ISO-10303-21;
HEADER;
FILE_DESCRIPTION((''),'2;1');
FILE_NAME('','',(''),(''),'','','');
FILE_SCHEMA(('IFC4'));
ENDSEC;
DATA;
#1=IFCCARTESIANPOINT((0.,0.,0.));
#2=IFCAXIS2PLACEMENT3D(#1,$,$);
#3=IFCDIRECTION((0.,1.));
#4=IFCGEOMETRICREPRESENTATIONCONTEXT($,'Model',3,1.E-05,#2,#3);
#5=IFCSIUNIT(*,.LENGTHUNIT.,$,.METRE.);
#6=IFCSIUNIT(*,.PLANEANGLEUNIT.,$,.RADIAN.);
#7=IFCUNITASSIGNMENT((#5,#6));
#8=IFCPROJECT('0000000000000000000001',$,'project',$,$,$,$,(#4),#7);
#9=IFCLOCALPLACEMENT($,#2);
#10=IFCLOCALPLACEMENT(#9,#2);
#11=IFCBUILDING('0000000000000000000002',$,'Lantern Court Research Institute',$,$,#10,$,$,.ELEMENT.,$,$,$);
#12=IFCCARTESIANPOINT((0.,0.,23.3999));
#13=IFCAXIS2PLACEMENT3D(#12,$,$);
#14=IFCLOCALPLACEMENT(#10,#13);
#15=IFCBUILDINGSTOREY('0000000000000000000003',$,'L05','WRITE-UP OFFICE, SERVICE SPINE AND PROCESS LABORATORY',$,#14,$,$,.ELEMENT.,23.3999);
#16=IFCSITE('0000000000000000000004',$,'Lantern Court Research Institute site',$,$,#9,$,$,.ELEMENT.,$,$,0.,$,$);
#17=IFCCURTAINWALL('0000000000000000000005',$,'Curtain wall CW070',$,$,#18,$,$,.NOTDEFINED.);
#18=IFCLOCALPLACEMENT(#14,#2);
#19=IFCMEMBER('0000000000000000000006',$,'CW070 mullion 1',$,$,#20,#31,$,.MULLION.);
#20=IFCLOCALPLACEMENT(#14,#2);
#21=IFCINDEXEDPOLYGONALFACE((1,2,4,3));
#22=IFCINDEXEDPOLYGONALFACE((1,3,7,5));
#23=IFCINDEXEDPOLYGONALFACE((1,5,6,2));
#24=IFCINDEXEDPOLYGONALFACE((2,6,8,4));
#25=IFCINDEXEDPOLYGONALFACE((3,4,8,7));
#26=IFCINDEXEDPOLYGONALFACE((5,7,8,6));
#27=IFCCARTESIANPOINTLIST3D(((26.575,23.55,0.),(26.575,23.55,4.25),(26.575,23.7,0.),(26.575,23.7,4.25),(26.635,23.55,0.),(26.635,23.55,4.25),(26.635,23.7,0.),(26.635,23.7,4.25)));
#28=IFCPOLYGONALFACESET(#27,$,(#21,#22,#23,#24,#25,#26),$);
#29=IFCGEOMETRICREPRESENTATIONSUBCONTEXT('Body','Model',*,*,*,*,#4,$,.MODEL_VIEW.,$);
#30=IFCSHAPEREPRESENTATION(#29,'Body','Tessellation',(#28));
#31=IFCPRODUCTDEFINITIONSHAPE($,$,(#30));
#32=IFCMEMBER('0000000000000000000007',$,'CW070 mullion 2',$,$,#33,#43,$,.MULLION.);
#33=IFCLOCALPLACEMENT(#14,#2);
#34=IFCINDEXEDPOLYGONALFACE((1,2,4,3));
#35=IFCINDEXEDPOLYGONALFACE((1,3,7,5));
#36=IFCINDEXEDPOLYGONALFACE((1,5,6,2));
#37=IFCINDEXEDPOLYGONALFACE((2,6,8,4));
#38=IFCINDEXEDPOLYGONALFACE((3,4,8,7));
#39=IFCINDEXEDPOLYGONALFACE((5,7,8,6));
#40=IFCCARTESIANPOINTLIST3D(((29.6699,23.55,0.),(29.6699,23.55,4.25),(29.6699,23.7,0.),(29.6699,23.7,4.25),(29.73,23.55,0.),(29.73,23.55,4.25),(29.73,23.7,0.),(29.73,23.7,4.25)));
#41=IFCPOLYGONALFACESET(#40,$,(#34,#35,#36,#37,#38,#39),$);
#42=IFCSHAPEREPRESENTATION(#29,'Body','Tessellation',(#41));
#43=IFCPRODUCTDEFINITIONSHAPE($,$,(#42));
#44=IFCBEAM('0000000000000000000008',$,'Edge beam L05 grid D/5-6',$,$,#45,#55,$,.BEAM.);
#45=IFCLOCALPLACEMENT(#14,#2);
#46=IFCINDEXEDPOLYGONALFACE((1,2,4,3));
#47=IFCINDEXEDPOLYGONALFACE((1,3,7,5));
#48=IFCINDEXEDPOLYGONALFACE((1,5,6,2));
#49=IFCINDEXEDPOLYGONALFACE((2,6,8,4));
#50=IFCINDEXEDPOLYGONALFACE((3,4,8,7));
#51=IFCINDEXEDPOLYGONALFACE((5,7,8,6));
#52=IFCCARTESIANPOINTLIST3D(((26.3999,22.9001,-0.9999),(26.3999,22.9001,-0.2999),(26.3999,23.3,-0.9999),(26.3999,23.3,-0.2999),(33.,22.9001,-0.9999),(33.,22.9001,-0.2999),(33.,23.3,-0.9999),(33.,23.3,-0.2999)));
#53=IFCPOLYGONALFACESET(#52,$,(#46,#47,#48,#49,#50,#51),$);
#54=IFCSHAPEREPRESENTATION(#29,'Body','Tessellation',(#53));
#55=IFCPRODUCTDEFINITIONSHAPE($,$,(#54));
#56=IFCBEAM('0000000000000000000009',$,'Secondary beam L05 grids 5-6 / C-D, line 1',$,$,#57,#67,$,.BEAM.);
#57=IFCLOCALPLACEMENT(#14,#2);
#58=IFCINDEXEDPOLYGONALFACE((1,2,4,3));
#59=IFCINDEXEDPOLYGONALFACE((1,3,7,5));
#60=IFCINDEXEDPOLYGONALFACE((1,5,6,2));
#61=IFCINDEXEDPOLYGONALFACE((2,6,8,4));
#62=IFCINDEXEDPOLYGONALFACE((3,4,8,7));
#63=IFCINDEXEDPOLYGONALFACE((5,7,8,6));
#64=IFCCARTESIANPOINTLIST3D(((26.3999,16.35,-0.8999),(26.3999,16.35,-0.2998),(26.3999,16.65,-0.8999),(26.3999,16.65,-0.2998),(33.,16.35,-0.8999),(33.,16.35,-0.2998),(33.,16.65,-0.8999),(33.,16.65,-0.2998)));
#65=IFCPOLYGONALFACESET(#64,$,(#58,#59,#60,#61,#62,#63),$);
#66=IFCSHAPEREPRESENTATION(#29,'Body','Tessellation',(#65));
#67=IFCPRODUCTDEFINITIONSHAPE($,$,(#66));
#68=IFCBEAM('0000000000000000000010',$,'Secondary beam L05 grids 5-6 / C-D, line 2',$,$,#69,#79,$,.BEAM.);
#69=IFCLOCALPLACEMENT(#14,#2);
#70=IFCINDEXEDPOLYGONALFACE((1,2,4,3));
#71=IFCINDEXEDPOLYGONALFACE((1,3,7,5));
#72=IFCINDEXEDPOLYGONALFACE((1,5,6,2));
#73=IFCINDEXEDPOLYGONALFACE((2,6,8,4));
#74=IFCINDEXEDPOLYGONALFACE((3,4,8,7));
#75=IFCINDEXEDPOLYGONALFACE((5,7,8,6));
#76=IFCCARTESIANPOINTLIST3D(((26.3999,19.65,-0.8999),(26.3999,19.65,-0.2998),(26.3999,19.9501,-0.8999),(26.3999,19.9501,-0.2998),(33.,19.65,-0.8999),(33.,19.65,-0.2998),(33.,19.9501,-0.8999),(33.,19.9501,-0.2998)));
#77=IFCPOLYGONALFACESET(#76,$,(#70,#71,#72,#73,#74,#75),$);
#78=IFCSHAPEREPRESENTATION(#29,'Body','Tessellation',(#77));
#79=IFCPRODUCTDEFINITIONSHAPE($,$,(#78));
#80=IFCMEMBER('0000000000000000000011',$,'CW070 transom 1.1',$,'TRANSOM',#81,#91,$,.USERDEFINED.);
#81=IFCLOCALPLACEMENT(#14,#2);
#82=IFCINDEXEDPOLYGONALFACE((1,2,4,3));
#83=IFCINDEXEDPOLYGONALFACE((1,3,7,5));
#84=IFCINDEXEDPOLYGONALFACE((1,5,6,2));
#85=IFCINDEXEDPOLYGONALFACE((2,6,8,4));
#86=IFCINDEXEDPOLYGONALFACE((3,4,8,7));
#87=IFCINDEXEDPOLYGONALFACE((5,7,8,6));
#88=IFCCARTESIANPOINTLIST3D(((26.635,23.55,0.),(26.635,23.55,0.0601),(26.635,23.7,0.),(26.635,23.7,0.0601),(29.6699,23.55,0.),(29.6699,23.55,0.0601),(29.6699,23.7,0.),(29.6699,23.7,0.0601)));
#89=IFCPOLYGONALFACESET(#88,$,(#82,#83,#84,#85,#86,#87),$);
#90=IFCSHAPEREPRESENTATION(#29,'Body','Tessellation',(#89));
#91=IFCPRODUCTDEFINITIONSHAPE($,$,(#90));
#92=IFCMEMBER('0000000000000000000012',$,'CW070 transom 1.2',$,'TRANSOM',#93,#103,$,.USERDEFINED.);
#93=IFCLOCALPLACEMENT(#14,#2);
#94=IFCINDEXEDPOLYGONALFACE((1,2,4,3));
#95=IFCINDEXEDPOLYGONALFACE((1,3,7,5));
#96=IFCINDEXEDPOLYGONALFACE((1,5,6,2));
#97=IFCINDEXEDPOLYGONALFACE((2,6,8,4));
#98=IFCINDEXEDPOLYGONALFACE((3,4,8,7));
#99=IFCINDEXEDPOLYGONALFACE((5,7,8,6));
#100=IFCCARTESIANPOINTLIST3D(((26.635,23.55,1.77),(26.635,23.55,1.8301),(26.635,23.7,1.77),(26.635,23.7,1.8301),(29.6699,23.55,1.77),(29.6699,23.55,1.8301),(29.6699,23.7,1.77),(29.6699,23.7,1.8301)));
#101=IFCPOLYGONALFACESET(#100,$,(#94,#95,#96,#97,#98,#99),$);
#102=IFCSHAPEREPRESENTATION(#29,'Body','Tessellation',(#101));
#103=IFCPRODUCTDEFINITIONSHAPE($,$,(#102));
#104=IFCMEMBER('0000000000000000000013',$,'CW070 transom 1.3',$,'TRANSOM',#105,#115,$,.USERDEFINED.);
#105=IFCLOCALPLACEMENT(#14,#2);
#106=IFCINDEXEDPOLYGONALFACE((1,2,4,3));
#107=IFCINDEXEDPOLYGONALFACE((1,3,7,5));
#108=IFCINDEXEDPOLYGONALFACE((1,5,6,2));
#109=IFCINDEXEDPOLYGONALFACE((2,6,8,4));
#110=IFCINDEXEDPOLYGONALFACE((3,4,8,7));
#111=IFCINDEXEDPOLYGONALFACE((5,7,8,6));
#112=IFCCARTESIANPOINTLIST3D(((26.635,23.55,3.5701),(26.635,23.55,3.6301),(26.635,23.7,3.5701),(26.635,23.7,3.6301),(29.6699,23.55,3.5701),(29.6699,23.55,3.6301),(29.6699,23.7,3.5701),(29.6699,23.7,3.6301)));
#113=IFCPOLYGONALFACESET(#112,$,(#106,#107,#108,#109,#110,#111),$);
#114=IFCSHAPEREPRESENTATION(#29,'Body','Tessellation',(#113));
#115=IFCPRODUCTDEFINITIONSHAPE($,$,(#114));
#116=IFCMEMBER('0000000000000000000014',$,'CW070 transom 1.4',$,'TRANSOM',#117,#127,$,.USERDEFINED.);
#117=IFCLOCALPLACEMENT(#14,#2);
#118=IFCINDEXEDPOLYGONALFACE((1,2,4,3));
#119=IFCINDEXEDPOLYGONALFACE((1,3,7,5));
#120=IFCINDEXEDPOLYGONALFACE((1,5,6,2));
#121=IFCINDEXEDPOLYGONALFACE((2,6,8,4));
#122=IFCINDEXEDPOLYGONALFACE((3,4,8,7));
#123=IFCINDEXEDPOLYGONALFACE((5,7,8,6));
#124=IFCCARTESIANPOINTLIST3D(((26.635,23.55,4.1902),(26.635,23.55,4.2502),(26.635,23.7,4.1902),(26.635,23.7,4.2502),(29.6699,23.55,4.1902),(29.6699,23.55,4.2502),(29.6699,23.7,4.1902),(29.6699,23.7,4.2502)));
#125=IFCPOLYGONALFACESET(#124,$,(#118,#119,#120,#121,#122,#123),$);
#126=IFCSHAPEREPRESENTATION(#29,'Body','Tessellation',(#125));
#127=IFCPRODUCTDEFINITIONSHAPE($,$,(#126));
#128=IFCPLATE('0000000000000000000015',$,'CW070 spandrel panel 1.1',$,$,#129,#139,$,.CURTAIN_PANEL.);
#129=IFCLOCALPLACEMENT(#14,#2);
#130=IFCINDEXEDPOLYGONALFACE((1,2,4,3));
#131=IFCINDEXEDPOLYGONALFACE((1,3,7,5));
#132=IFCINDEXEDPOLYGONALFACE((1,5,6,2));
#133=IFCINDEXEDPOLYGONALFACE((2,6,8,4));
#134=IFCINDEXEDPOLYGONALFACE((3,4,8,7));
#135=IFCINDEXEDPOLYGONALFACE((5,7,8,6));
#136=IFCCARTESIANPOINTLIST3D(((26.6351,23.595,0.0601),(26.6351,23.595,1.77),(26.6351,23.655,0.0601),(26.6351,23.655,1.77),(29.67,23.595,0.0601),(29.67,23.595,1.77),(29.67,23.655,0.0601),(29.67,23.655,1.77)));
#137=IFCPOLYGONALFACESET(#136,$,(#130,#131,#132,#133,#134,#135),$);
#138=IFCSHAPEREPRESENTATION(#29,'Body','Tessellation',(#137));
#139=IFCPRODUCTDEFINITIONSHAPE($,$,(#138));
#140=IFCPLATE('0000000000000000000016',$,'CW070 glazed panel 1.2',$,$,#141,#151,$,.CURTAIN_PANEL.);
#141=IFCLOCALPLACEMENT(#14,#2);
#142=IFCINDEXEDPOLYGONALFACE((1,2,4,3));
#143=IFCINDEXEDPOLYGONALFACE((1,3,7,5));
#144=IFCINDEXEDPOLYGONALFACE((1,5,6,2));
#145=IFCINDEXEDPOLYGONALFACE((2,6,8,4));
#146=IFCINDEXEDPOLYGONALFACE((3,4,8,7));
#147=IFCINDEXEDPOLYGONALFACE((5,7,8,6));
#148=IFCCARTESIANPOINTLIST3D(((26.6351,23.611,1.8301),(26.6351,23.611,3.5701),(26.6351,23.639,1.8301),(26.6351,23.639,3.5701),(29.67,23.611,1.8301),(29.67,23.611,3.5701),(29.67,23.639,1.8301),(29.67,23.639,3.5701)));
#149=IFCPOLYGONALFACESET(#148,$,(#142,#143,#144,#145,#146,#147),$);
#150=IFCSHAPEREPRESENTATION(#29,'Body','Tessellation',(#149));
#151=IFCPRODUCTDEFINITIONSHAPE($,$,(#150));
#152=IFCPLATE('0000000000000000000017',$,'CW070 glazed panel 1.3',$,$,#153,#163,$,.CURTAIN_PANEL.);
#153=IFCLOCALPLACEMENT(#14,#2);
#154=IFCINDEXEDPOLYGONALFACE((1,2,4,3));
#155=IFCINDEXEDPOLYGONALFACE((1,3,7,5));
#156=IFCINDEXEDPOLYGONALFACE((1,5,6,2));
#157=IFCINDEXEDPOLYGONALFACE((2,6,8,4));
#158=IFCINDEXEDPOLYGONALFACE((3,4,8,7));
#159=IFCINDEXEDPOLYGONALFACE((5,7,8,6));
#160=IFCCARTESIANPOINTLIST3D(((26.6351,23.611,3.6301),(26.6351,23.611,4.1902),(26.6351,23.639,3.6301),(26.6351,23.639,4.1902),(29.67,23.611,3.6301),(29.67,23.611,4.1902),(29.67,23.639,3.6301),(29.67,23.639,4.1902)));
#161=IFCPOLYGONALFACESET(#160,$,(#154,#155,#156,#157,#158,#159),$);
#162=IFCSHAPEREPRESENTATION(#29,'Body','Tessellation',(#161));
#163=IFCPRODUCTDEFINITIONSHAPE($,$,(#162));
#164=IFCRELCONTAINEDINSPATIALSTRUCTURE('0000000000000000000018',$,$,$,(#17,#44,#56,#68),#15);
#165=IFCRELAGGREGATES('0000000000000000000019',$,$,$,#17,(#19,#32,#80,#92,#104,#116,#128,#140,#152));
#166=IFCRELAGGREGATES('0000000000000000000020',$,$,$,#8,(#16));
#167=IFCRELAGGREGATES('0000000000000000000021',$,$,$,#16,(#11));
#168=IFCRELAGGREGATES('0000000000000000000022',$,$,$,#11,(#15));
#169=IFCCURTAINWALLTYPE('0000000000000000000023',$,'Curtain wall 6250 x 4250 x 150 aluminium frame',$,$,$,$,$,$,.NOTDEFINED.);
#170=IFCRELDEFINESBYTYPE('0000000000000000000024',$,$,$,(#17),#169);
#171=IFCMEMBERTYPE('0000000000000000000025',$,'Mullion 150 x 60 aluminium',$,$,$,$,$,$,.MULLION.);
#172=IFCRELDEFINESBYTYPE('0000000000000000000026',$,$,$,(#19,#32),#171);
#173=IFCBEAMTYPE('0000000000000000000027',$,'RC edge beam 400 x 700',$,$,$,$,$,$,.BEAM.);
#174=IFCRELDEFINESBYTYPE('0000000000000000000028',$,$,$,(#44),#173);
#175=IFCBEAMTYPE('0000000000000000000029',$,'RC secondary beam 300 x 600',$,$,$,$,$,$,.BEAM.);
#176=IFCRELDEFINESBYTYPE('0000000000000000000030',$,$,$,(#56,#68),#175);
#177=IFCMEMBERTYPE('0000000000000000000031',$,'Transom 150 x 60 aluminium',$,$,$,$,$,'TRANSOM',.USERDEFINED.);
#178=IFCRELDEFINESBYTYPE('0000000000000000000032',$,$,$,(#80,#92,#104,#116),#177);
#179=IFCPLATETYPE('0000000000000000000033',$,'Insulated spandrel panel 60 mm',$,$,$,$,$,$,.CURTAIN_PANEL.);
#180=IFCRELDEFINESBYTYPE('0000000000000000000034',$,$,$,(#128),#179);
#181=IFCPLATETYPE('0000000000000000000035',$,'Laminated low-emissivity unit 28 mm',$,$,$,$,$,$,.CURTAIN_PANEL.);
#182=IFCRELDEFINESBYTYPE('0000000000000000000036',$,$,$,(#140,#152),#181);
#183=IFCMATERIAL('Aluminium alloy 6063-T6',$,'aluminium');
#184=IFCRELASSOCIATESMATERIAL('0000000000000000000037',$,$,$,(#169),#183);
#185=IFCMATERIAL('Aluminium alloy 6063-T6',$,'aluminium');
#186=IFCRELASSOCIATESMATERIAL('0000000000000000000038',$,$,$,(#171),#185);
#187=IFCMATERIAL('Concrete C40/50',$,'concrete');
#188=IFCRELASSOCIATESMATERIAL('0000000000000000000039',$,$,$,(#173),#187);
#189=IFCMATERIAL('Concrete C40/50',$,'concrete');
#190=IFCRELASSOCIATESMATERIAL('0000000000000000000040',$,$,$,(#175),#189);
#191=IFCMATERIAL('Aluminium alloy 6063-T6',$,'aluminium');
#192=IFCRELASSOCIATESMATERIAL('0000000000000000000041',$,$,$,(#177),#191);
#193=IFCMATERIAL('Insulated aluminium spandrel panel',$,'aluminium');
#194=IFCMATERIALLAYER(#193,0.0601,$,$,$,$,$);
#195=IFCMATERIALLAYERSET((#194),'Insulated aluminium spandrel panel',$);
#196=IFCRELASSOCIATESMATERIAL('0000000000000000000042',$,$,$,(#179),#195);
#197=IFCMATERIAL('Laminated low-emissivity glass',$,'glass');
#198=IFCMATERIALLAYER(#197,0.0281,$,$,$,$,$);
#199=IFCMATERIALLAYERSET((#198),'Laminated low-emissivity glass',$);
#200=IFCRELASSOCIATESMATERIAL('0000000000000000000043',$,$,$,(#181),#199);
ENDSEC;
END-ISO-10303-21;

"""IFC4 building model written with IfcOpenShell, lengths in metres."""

from ifc_helpers import new_model, si_unit, direction, frame, origin, origin_2d, place, context, subcontext, project, spatial, rectangle, extrude, material, layer, layer_set, material_profile, profile_set, type_object, element, aggregate, save


model = new_model("IFC4")

# Units and contexts
model_context = context("Model", 3, precision=1e-05, world=origin(), true_north=direction((0.0, 1.0)))
body_context = subcontext(model_context, "Body", "Model", "MODEL_VIEW")
ifc_project = project(units=[si_unit("LENGTHUNIT", "METRE"), si_unit("PLANEANGLEUNIT", "RADIAN")], contexts=[model_context])

# Site, building, storey
site_placement = place(None, origin())
site = spatial("IfcSite", under=ifc_project, at=site_placement, Name="Lantern Court Research Institute site", CompositionType="ELEMENT", RefElevation=0.0)
building_placement = place(site_placement, origin())
building = spatial("IfcBuilding", under=site, at=building_placement, Name="Lantern Court Research Institute", CompositionType="ELEMENT")
storey_placement = place(building_placement, frame((0.0, 0.0, 23.3999)))
storey = spatial("IfcBuildingStorey", under=building, at=storey_placement, Name="L05", Description="WRITE-UP OFFICE, SERVICE SPINE AND PROCESS LABORATORY", CompositionType="ELEMENT", Elevation=23.3999)

# Curtain wall, members
ifc_material_1 = material(Name="Aluminium alloy 6063-T6", Category="aluminium")
curtain_wall_type = type_object("IfcCurtainWallType", Name="Curtain wall 6250 x 4250 x 150 aluminium frame", PredefinedType="NOTDEFINED", material=ifc_material_1)
curtain_wall_placement = place(storey_placement, origin())
curtain_wall = element("IfcCurtainWall", 1, at=curtain_wall_placement, inside=storey, type_object=curtain_wall_type, Name="Curtain wall CW070", PredefinedType="NOTDEFINED")
ifc_material_2 = material(Name="Aluminium alloy 6063-T6", Category="aluminium")
ifc_material_profile_1 = material_profile(ifc_material_2, rectangle(XDim=0.1499, YDim=0.0601, at=origin_2d()), Name="Mullion 150 x 60")
ifc_profile_set_1 = profile_set([ifc_material_profile_1], Name="Aluminium alloy 6063-T6")
member_type_1 = type_object("IfcMemberType", Name="Mullion 150 x 60 aluminium", PredefinedType="MULLION", material=ifc_profile_set_1)
member_1_placement = place(storey_placement, frame((26.605, 23.625, 0.0), z_axis=(0.0, 0.0, 1.0), x_axis=(0.0, 1.0, 0.0)))
member_1 = element("IfcMember", 2, at=member_1_placement, type_object=member_type_1, Name="CW070 mullion 1", PredefinedType="MULLION", context=body_context, shape_type="SweptSolid", body=[
    extrude(rectangle(XDim=0.1499, YDim=0.0601, at=origin_2d()), origin(), (0.0, 0.0, 1.0), 4.25),
])
member_2_placement = place(storey_placement, frame((29.7, 23.625, 0.0), z_axis=(0.0, 0.0, 1.0), x_axis=(0.0, 1.0, 0.0)))
member_2 = element("IfcMember", 3, at=member_2_placement, type_object=member_type_1, Name="CW070 mullion 2", PredefinedType="MULLION", context=body_context, shape_type="SweptSolid", body=[
    extrude(rectangle(XDim=0.1499, YDim=0.0601, at=origin_2d()), origin(), (0.0, 0.0, 1.0), 4.25),
])

# Beams
ifc_material_3 = material(Name="Concrete C40/50", Category="concrete")
ifc_material_profile_2 = material_profile(ifc_material_3, rectangle(XDim=0.3999, YDim=0.7, at=origin_2d()), Name="RC beam 400 x 700")
ifc_profile_set_2 = profile_set([ifc_material_profile_2], Name="Concrete C40/50")
beam_type_1 = type_object("IfcBeamType", Name="RC edge beam 400 x 700", PredefinedType="BEAM", material=ifc_profile_set_2)
beam_placement = place(storey_placement, frame((26.3999, 23.1001, -0.6499), z_axis=(1.0, 0.0, 0.0), x_axis=(0.0, 1.0, 0.0)))
element("IfcBeam", 4, at=beam_placement, inside=storey, type_object=beam_type_1, Name="Edge beam L05 grid D/5-6", PredefinedType="BEAM", context=body_context, shape_type="SweptSolid", body=[
    extrude(rectangle(XDim=0.3999, YDim=0.7, at=origin_2d()), origin(), (0.0, 0.0, 1.0), 6.6001),
])
ifc_material_4 = material(Name="Concrete C40/50", Category="concrete")
ifc_material_profile_3 = material_profile(ifc_material_4, rectangle(XDim=0.3, YDim=0.6001, at=origin_2d()), Name="RC beam 300 x 600")
ifc_profile_set_3 = profile_set([ifc_material_profile_3], Name="Concrete C40/50")
beam_type_2 = type_object("IfcBeamType", Name="RC secondary beam 300 x 600", PredefinedType="BEAM", material=ifc_profile_set_3)
for number, where, z_axis, x_axis, name in (
    (5, (26.3999, 16.5, -0.5999), (1.0, 0.0, 0.0), (0.0, 1.0, 0.0), "Secondary beam L05 grids 5-6 / C-D, line 1"),
    (6, (26.3999, 19.8, -0.5999), (1.0, 0.0, 0.0), (0.0, 1.0, 0.0), "Secondary beam L05 grids 5-6 / C-D, line 2"),
):
    element("IfcBeam", number, at=place(storey_placement, frame(where, z_axis=z_axis, x_axis=x_axis)), inside=storey, type_object=beam_type_2, Name=name, PredefinedType="BEAM", context=body_context, shape_type="SweptSolid", body=[
        extrude(rectangle(XDim=0.3, YDim=0.6001, at=origin_2d()), origin(), (0.0, 0.0, 1.0), 6.6001),
    ])

# Members
ifc_material_5 = material(Name="Aluminium alloy 6063-T6", Category="aluminium")
ifc_material_profile_4 = material_profile(ifc_material_5, rectangle(XDim=0.1499, YDim=0.0601, at=origin_2d()), Name="Transom 150 x 60")
ifc_profile_set_4 = profile_set([ifc_material_profile_4], Name="Aluminium alloy 6063-T6")
member_type_2 = type_object("IfcMemberType", Name="Transom 150 x 60 aluminium", ElementType="TRANSOM", PredefinedType="USERDEFINED", material=ifc_profile_set_4)
member_3_placement = place(storey_placement, frame((26.635, 23.625, 0.03), z_axis=(1.0, 0.0, 0.0), x_axis=(0.0, 1.0, 0.0)))
member_3 = element("IfcMember", 7, at=member_3_placement, type_object=member_type_2, Name="CW070 transom 1.1", ObjectType="TRANSOM", PredefinedType="USERDEFINED", context=body_context, shape_type="SweptSolid", body=[
    extrude(rectangle(XDim=0.1499, YDim=0.0601, at=origin_2d()), origin(), (0.0, 0.0, 1.0), 3.0349),
])
member_4_placement = place(storey_placement, frame((26.635, 23.625, 1.8), z_axis=(1.0, 0.0, 0.0), x_axis=(0.0, 1.0, 0.0)))
member_4 = element("IfcMember", 8, at=member_4_placement, type_object=member_type_2, Name="CW070 transom 1.2", ObjectType="TRANSOM", PredefinedType="USERDEFINED", context=body_context, shape_type="SweptSolid", body=[
    extrude(rectangle(XDim=0.1499, YDim=0.0601, at=origin_2d()), origin(), (0.0, 0.0, 1.0), 3.0349),
])
member_5_placement = place(storey_placement, frame((26.635, 23.625, 3.6001), z_axis=(1.0, 0.0, 0.0), x_axis=(0.0, 1.0, 0.0)))
member_5 = element("IfcMember", 9, at=member_5_placement, type_object=member_type_2, Name="CW070 transom 1.3", ObjectType="TRANSOM", PredefinedType="USERDEFINED", context=body_context, shape_type="SweptSolid", body=[
    extrude(rectangle(XDim=0.1499, YDim=0.0601, at=origin_2d()), origin(), (0.0, 0.0, 1.0), 3.0349),
])
member_6_placement = place(storey_placement, frame((26.635, 23.625, 4.2202), z_axis=(1.0, 0.0, 0.0), x_axis=(0.0, 1.0, 0.0)))
member_6 = element("IfcMember", 10, at=member_6_placement, type_object=member_type_2, Name="CW070 transom 1.4", ObjectType="TRANSOM", PredefinedType="USERDEFINED", context=body_context, shape_type="SweptSolid", body=[
    extrude(rectangle(XDim=0.1499, YDim=0.0601, at=origin_2d()), origin(), (0.0, 0.0, 1.0), 3.0349),
])

# Plates
ifc_material_6 = material(Name="Insulated aluminium spandrel panel", Category="aluminium")
ifc_layer_1 = layer(ifc_material_6, 0.0601)
ifc_layer_set_1 = layer_set([ifc_layer_1], Name="Insulated aluminium spandrel panel")
plate_type_1 = type_object("IfcPlateType", Name="Insulated spandrel panel 60 mm", PredefinedType="CURTAIN_PANEL", material=ifc_layer_set_1)
plate_1_placement = place(storey_placement, frame((28.1526, 23.625, 0.0601), z_axis=(0.0, 0.0, 1.0), x_axis=(1.0, 0.0, 0.0)))
plate_1 = element("IfcPlate", 11, at=plate_1_placement, type_object=plate_type_1, Name="CW070 spandrel panel 1.1", PredefinedType="CURTAIN_PANEL", context=body_context, shape_type="SweptSolid", body=[
    extrude(rectangle(XDim=3.0349, YDim=0.0601, at=origin_2d()), origin(), (0.0, 0.0, 1.0), 1.71),
])
ifc_material_7 = material(Name="Laminated low-emissivity glass", Category="glass")
ifc_layer_2 = layer(ifc_material_7, 0.0281)
ifc_layer_set_2 = layer_set([ifc_layer_2], Name="Laminated low-emissivity glass")
plate_type_2 = type_object("IfcPlateType", Name="Laminated low-emissivity unit 28 mm", PredefinedType="CURTAIN_PANEL", material=ifc_layer_set_2)
plate_2_placement = place(storey_placement, frame((28.1526, 23.625, 1.8301), z_axis=(0.0, 0.0, 1.0), x_axis=(1.0, 0.0, 0.0)))
plate_2 = element("IfcPlate", 12, at=plate_2_placement, type_object=plate_type_2, Name="CW070 glazed panel 1.2", PredefinedType="CURTAIN_PANEL", context=body_context, shape_type="SweptSolid", body=[
    extrude(rectangle(XDim=3.0349, YDim=0.0281, at=origin_2d()), origin(), (0.0, 0.0, 1.0), 1.74),
])
plate_3_placement = place(storey_placement, frame((28.1526, 23.625, 3.6301), z_axis=(0.0, 0.0, 1.0), x_axis=(1.0, 0.0, 0.0)))
plate_3 = element("IfcPlate", 13, at=plate_3_placement, type_object=plate_type_2, Name="CW070 glazed panel 1.3", PredefinedType="CURTAIN_PANEL", context=body_context, shape_type="SweptSolid", body=[
    extrude(rectangle(XDim=3.0349, YDim=0.0281, at=origin_2d()), origin(), (0.0, 0.0, 1.0), 0.5601),
])
aggregate(curtain_wall, [member_1, member_2, member_3, member_4, member_5, member_6, plate_1, plate_2, plate_3])

save(model, "model.ifc")
